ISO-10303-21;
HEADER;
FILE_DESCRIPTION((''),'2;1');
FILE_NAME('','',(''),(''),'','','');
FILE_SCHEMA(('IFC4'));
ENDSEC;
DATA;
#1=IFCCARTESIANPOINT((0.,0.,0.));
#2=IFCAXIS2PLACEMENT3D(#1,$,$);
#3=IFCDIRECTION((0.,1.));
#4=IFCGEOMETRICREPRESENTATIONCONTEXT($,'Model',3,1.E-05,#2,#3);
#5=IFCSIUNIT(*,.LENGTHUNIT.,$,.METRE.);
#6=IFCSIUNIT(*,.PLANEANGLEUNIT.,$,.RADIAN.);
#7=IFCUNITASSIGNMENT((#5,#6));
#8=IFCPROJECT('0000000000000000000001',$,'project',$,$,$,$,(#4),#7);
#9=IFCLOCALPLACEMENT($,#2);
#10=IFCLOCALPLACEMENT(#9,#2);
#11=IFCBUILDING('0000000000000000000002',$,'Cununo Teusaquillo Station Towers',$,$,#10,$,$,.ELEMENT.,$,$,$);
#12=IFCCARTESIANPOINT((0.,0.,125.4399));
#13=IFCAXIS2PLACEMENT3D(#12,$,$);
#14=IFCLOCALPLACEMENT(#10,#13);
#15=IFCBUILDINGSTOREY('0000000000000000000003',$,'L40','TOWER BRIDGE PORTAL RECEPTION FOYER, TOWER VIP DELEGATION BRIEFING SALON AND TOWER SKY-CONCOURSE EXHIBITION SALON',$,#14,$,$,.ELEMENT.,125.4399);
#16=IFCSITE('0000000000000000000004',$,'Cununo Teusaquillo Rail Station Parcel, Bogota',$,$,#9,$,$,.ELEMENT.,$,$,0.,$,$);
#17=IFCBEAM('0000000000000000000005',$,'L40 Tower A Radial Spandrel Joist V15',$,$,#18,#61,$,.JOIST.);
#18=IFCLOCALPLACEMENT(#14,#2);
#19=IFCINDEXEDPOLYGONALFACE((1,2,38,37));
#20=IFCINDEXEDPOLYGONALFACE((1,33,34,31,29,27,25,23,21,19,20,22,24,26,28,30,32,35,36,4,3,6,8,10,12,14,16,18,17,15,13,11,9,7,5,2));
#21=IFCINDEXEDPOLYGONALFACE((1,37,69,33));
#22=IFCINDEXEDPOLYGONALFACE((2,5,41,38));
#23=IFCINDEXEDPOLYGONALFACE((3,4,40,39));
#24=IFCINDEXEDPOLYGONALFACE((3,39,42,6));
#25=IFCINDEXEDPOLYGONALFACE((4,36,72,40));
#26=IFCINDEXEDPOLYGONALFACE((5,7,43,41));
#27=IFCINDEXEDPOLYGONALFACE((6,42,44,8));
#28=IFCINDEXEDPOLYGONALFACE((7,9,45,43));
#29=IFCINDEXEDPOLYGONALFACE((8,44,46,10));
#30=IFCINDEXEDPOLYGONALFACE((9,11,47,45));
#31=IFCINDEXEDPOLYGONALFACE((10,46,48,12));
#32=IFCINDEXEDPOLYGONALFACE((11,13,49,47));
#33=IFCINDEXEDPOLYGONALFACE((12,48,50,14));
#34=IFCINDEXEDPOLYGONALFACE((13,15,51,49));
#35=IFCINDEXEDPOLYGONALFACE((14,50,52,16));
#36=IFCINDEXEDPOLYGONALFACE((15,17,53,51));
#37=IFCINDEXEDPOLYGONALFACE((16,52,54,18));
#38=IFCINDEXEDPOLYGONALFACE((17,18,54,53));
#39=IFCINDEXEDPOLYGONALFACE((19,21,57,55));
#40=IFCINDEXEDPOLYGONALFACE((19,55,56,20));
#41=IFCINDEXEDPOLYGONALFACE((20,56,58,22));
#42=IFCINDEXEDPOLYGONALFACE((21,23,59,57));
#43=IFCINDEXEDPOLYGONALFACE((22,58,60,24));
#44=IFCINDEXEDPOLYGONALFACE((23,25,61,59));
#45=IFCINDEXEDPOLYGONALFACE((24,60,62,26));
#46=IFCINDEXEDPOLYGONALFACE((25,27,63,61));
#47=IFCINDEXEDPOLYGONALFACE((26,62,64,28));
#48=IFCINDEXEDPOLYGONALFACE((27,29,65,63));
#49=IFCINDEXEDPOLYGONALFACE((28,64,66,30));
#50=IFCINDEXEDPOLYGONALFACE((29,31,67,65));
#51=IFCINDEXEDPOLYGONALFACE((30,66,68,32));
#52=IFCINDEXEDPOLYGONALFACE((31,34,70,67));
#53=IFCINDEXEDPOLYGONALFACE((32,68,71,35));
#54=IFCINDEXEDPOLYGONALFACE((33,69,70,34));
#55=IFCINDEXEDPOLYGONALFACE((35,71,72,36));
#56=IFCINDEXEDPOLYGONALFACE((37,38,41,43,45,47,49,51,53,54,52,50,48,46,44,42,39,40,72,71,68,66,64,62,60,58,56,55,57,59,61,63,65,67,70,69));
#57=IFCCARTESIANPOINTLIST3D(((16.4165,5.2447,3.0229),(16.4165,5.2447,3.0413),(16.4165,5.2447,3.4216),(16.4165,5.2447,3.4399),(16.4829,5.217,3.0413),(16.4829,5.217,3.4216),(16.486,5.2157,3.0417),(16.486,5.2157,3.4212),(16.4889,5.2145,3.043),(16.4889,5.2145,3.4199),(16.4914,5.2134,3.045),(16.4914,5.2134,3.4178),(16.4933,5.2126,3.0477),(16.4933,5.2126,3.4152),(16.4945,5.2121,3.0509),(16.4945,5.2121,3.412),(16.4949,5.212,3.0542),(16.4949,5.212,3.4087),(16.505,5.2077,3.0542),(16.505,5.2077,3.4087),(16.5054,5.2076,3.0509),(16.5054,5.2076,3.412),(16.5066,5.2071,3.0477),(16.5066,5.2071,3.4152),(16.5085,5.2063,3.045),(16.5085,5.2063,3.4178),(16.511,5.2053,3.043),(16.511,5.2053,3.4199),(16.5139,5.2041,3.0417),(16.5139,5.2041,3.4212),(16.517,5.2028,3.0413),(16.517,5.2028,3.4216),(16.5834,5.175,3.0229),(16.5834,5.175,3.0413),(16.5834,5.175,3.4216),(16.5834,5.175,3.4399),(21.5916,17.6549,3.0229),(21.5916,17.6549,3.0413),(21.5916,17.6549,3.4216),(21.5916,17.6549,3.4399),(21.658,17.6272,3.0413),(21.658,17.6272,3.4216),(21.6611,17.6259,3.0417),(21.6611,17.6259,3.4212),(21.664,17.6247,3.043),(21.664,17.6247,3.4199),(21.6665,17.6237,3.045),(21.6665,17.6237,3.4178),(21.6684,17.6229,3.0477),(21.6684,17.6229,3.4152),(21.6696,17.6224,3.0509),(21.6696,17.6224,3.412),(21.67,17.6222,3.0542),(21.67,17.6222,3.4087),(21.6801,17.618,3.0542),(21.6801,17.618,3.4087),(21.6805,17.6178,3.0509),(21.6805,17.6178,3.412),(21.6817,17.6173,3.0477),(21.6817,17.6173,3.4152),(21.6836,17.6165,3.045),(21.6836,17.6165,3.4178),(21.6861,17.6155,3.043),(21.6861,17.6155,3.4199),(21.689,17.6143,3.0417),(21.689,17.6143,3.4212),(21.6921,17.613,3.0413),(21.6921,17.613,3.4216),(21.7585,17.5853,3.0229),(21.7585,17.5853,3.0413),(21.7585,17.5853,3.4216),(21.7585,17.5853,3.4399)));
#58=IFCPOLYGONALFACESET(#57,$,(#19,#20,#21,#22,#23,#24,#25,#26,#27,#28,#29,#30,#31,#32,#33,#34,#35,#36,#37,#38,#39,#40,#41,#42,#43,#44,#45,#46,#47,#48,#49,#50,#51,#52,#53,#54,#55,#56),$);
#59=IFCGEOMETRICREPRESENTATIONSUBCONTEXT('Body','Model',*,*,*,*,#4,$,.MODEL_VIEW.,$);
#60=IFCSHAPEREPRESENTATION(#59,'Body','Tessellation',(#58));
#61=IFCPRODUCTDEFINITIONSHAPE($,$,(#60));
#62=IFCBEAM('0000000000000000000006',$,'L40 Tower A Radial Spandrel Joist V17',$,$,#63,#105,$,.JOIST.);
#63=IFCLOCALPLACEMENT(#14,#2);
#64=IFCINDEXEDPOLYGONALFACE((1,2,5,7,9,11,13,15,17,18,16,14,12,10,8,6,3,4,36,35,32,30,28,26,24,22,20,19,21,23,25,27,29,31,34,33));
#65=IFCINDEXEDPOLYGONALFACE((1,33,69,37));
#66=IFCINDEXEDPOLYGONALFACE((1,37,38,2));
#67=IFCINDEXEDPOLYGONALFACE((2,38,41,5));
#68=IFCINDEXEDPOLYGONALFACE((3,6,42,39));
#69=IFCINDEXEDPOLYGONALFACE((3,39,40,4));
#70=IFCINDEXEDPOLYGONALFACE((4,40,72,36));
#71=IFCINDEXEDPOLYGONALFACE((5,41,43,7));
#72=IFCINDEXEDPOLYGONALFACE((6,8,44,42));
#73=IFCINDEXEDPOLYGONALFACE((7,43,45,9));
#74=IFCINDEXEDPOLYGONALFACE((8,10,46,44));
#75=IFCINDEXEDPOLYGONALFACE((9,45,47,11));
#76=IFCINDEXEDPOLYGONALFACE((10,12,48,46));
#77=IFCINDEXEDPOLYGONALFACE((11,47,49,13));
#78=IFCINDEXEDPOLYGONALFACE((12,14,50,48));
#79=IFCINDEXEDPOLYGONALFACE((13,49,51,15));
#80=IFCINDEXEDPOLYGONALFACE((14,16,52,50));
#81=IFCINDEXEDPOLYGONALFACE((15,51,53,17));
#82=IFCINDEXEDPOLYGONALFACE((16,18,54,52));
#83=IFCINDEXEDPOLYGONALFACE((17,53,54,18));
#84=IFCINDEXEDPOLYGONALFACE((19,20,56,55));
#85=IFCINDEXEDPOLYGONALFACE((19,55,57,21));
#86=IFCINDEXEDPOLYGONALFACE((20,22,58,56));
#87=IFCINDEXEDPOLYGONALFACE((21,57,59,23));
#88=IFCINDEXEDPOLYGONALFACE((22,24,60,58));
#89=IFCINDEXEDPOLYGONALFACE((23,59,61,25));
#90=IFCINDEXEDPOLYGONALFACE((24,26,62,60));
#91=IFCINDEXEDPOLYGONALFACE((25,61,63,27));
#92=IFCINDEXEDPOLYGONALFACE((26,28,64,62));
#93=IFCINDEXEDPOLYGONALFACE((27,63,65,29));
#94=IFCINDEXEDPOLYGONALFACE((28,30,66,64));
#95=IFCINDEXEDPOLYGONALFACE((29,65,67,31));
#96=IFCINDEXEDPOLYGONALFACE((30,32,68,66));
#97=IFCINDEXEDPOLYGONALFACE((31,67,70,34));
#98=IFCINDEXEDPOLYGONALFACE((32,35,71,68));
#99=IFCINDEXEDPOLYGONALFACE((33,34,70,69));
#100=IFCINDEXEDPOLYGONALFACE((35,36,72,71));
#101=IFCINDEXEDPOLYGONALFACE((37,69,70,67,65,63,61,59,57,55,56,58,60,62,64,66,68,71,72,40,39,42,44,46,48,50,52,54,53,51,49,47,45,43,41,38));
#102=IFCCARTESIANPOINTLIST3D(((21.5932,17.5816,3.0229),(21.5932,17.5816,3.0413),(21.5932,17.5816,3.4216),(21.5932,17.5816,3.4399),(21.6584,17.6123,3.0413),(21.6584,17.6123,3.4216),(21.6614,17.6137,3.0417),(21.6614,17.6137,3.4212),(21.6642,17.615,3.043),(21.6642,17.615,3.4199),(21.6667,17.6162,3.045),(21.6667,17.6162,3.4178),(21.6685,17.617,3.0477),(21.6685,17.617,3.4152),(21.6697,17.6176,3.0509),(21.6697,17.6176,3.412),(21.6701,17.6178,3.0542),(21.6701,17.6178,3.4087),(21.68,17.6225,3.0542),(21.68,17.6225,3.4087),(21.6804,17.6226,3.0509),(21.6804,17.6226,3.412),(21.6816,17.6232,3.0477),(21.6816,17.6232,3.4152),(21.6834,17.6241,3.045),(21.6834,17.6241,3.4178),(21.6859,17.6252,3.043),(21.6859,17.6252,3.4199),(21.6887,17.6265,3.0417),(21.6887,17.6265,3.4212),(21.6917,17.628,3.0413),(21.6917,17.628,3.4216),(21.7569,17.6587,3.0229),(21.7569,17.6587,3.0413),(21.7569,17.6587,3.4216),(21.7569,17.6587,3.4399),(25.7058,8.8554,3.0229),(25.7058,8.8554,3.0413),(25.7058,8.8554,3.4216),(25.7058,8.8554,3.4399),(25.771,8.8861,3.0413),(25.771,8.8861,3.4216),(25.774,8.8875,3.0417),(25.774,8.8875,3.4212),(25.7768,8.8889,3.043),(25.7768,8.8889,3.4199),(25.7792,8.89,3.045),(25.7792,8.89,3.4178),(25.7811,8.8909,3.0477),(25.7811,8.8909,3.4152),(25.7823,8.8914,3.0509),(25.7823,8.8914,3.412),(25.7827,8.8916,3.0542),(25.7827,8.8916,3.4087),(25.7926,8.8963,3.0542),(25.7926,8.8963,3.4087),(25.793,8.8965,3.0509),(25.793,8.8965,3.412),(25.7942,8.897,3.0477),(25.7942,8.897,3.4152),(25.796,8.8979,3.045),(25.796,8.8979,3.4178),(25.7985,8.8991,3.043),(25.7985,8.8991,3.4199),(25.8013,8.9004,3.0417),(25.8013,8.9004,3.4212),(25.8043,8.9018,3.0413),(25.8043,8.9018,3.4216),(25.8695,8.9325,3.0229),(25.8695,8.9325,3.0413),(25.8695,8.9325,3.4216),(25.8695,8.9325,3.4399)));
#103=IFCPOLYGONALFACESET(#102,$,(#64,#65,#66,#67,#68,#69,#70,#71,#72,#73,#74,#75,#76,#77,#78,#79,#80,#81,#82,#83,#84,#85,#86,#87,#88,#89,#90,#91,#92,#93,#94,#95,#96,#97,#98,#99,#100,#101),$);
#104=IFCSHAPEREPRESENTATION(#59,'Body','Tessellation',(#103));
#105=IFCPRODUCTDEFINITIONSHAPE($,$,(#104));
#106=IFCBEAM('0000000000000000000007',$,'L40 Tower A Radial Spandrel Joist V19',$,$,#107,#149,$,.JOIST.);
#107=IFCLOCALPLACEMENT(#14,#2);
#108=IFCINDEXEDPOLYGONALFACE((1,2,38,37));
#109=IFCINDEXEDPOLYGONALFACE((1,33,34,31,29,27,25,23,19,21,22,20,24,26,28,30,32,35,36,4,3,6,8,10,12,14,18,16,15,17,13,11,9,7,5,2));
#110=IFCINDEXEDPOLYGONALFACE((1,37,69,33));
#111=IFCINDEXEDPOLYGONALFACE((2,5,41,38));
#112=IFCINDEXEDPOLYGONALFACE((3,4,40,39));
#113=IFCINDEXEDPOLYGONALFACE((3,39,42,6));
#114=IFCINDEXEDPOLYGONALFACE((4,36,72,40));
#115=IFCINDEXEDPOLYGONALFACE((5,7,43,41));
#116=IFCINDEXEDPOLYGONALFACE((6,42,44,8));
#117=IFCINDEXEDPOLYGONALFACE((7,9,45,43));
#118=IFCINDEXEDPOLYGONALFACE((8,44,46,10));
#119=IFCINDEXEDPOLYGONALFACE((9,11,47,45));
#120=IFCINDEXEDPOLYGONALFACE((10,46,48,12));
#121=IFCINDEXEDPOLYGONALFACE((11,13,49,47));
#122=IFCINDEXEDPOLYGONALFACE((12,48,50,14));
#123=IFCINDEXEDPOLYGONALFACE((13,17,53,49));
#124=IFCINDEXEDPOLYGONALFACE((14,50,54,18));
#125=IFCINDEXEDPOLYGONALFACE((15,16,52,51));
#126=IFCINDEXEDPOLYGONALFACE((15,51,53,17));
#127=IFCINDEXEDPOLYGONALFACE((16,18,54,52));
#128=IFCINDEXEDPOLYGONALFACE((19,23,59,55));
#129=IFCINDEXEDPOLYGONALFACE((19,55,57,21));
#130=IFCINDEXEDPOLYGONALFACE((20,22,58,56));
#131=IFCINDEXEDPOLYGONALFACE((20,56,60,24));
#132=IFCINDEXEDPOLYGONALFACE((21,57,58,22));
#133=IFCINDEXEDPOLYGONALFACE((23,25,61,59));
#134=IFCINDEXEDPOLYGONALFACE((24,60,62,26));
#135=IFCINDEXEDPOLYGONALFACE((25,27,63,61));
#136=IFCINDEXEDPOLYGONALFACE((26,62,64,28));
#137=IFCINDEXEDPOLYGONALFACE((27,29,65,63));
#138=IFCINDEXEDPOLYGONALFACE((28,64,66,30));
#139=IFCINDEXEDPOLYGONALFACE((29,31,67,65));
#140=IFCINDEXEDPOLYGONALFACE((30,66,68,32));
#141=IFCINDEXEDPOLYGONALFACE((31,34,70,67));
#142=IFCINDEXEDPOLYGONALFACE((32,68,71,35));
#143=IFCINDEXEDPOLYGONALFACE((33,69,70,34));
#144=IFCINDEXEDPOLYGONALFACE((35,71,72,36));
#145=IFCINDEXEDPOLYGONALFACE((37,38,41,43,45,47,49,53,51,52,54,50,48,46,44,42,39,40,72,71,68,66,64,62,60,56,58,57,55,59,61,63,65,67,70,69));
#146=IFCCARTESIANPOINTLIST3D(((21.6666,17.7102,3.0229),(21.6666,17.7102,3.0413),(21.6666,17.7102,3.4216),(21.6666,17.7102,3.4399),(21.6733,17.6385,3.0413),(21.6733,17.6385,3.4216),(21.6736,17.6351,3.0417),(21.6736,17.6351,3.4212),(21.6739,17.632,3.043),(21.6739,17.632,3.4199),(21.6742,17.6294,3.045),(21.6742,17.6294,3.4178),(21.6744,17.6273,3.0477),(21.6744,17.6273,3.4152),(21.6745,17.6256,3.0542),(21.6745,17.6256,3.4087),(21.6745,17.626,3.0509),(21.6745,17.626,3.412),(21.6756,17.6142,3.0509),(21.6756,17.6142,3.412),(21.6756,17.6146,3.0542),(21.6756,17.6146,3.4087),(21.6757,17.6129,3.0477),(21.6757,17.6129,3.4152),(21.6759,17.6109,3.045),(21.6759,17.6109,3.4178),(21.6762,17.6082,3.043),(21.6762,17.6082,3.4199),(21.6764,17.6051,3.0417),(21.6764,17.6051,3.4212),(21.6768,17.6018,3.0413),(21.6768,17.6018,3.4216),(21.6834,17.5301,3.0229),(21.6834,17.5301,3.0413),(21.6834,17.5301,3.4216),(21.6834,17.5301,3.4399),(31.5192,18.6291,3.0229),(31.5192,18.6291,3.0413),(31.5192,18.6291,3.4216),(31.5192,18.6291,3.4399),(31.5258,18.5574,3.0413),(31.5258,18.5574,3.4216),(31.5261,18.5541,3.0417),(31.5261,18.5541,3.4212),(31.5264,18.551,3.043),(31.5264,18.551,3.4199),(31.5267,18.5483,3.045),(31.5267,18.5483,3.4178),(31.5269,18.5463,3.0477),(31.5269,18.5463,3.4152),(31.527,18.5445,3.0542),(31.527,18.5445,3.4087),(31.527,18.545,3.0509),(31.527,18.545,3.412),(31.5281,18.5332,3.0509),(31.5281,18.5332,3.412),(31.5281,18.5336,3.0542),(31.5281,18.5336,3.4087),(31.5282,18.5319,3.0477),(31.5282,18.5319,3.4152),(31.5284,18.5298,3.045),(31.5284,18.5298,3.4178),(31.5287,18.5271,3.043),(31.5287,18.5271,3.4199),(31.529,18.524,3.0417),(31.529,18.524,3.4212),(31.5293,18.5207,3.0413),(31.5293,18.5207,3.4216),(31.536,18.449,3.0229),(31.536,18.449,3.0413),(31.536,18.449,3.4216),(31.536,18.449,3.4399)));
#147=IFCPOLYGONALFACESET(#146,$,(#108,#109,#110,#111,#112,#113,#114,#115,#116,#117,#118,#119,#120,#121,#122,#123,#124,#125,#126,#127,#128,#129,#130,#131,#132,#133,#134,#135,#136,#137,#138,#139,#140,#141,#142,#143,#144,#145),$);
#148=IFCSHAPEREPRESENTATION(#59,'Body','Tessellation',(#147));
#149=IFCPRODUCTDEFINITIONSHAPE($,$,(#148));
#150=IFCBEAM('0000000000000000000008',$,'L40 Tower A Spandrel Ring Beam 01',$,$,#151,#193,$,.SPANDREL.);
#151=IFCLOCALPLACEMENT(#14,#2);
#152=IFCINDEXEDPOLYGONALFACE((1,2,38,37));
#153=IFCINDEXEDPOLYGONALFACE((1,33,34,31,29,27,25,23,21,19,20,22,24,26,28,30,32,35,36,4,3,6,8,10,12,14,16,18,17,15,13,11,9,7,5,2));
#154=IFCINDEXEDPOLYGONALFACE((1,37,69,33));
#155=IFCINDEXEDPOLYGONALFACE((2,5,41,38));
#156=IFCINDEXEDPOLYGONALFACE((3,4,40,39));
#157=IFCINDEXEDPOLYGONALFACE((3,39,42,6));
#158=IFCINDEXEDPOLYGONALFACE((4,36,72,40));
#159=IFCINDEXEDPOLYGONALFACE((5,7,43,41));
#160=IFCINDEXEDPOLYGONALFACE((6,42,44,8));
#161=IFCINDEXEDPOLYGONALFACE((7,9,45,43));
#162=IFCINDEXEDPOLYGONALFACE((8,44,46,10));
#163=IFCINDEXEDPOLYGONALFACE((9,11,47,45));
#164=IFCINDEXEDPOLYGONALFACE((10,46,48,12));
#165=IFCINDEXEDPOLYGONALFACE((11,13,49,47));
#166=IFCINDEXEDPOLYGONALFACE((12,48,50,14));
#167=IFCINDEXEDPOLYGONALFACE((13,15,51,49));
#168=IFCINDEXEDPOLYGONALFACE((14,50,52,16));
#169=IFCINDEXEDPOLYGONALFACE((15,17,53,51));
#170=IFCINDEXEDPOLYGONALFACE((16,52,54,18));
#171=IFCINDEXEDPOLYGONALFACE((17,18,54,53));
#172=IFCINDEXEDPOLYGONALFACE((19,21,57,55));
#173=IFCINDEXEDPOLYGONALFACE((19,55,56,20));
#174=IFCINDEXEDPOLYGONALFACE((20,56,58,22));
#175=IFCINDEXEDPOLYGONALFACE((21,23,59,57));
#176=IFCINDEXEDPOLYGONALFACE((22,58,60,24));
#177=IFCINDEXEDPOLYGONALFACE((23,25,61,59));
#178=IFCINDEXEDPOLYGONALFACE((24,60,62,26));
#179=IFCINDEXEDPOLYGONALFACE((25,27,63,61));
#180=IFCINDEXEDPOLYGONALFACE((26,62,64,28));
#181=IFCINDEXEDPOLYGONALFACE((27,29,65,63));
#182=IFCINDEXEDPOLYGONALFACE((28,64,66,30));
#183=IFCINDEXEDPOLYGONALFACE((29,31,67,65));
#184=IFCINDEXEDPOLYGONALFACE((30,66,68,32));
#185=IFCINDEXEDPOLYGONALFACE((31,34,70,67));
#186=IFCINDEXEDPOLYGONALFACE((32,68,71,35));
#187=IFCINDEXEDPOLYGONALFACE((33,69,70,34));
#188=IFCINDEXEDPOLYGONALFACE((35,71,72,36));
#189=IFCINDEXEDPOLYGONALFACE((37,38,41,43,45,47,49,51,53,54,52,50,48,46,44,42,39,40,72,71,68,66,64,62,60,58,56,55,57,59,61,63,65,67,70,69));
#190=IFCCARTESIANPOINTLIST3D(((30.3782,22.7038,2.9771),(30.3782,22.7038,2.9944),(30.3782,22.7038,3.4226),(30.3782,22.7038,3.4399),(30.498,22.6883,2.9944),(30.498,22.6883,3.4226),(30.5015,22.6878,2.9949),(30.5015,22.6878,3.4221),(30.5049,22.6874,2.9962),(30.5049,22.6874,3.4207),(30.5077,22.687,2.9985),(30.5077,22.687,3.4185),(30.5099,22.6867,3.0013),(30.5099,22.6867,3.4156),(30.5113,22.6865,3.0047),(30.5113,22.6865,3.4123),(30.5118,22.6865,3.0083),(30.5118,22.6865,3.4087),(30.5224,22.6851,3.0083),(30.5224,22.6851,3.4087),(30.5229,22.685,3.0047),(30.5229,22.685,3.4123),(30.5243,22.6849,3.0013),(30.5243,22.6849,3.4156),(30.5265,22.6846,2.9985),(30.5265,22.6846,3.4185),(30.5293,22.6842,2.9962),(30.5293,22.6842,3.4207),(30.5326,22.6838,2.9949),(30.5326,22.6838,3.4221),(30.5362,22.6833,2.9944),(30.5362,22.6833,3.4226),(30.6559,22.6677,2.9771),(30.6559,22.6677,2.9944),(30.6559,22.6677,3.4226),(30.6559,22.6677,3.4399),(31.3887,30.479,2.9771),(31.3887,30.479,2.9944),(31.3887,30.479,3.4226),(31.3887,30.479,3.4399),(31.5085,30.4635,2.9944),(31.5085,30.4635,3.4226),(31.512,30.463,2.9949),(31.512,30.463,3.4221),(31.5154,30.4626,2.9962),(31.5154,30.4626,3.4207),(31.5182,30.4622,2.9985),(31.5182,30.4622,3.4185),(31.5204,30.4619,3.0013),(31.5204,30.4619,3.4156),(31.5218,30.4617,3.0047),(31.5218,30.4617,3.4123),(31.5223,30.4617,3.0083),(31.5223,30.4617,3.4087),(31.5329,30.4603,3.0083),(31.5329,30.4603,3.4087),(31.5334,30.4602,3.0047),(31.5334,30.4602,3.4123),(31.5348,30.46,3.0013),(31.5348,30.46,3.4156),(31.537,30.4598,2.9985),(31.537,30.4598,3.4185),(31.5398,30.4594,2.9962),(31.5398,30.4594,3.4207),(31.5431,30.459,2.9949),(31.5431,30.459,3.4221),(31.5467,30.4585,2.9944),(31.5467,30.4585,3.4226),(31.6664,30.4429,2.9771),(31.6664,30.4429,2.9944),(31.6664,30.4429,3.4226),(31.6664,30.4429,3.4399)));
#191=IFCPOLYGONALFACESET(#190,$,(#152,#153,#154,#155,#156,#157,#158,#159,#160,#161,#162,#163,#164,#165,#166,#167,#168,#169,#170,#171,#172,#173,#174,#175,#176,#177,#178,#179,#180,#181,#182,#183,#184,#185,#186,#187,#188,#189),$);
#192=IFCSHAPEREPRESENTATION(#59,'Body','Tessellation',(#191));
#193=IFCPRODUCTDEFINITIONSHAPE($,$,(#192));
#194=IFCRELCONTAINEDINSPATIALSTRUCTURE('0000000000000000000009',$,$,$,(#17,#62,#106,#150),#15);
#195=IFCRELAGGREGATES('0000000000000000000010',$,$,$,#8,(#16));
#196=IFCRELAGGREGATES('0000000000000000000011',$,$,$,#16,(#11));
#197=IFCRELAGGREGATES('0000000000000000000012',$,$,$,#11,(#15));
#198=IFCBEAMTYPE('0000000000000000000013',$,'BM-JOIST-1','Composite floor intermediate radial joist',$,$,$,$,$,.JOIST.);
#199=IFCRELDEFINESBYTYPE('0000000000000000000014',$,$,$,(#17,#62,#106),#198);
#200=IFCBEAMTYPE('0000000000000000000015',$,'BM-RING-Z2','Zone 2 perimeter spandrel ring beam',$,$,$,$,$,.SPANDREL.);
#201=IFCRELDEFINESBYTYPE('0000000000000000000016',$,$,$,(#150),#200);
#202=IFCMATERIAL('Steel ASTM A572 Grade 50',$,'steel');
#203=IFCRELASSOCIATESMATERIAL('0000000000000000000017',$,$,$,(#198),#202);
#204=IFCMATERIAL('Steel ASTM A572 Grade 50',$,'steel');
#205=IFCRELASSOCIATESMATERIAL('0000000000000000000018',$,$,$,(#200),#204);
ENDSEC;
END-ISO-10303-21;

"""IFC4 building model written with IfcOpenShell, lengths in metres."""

from ifc_helpers import new_model, si_unit, direction, frame, origin, origin_2d, place, context, subcontext, project, spatial, i_section, extrude, material, material_profile, profile_set, type_object, element, save


model = new_model("IFC4")

# Units and contexts
model_context = context("Model", 3, precision=1e-05, world=origin(), true_north=direction((0.0, 1.0)))
body_context = subcontext(model_context, "Body", "Model", "MODEL_VIEW")
ifc_project = project(units=[si_unit("LENGTHUNIT", "METRE"), si_unit("PLANEANGLEUNIT", "RADIAN")], contexts=[model_context])

# Site, building, storey
site_placement = place(None, origin())
site = spatial("IfcSite", under=ifc_project, at=site_placement, Name="Cununo Teusaquillo Rail Station Parcel, Bogota", CompositionType="ELEMENT", RefElevation=0.0)
building_placement = place(site_placement, origin())
building = spatial("IfcBuilding", under=site, at=building_placement, Name="Cununo Teusaquillo Station Towers", CompositionType="ELEMENT")
storey_placement = place(building_placement, frame((0.0, 0.0, 125.4399)))
storey = spatial("IfcBuildingStorey", under=building, at=storey_placement, Name="L40", Description="TOWER BRIDGE PORTAL RECEPTION FOYER, TOWER VIP DELEGATION BRIEFING SALON AND TOWER SKY-CONCOURSE EXHIBITION SALON", CompositionType="ELEMENT", Elevation=125.4399)

# Beams
ifc_material_1 = material(Name="Steel ASTM A572 Grade 50", Category="steel")
ifc_material_profile_1 = material_profile(ifc_material_1, i_section(OverallWidth=0.1809, OverallDepth=0.417, WebThickness=0.011, FlangeThickness=0.0183, FilletRadius=0.0129, at=origin_2d()), Name="W16X57")
ifc_profile_set_1 = profile_set([ifc_material_profile_1], Name="Steel ASTM A572 Grade 50")
beam_type_1 = type_object("IfcBeamType", Name="BM-JOIST-1", Description="Composite floor intermediate radial joist", PredefinedType="JOIST", material=ifc_profile_set_1)
beam_1_placement = place(storey_placement, frame((21.675, 17.6201, 3.2314), z_axis=(-0.384878, -0.922967, 0.0), x_axis=(0.922967, -0.384878, 0.0)))
element("IfcBeam", 1, at=beam_1_placement, inside=storey, type_object=beam_type_1, Name="L40 Tower A Radial Spandrel Joist V15", PredefinedType="JOIST", context=body_context, shape_type="SweptSolid", body=[
    extrude(i_section(OverallWidth=0.1809, OverallDepth=0.417, WebThickness=0.011, FlangeThickness=0.0183, FilletRadius=0.0129, at=origin_2d()), origin(), (0.0, 0.0, 1.0), 13.446),
])
beam_2_placement = place(storey_placement, frame((21.675, 17.6201, 3.2314), z_axis=(0.42632, -0.904572, 0.0), x_axis=(0.904572, 0.42632, 0.0)))
element("IfcBeam", 2, at=beam_2_placement, inside=storey, type_object=beam_type_1, Name="L40 Tower A Radial Spandrel Joist V17", PredefinedType="JOIST", context=body_context, shape_type="SweptSolid", body=[
    extrude(i_section(OverallWidth=0.1809, OverallDepth=0.417, WebThickness=0.011, FlangeThickness=0.0183, FilletRadius=0.0129, at=origin_2d()), origin(), (0.0, 0.0, 1.0), 9.6467),
])
beam_3_placement = place(storey_placement, frame((21.675, 17.6201, 3.2314), z_axis=(0.995679, 0.092867, 0.0), x_axis=(-0.092867, 0.995679, 0.0)))
element("IfcBeam", 3, at=beam_3_placement, inside=storey, type_object=beam_type_1, Name="L40 Tower A Radial Spandrel Joist V19", PredefinedType="JOIST", context=body_context, shape_type="SweptSolid", body=[
    extrude(i_section(OverallWidth=0.1809, OverallDepth=0.417, WebThickness=0.011, FlangeThickness=0.0183, FilletRadius=0.0129, at=origin_2d()), origin(), (0.0, 0.0, 1.0), 9.8953),
])
ifc_material_2 = material(Name="Steel ASTM A572 Grade 50", Category="steel")
ifc_material_profile_2 = material_profile(ifc_material_2, i_section(OverallWidth=0.28, OverallDepth=0.4629, WebThickness=0.0107, FlangeThickness=0.0173, FilletRadius=0.0139, at=origin_2d()), Name="W18X76")
ifc_profile_set_2 = profile_set([ifc_material_profile_2], Name="Steel ASTM A572 Grade 50")
beam_type_2 = type_object("IfcBeamType", Name="BM-RING-Z2", Description="Zone 2 perimeter spandrel ring beam", PredefinedType="SPANDREL", material=ifc_profile_set_2)
beam_4_placement = place(storey_placement, frame((30.5171, 22.6858, 3.2085), z_axis=(0.128881, 0.99166, 0.0), x_axis=(-0.99166, 0.128881, 0.0)))
element("IfcBeam", 4, at=beam_4_placement, inside=storey, type_object=beam_type_2, Name="L40 Tower A Spandrel Ring Beam 01", PredefinedType="SPANDREL", context=body_context, shape_type="SweptSolid", body=[
    extrude(i_section(OverallWidth=0.28, OverallDepth=0.4629, WebThickness=0.0107, FlangeThickness=0.0173, FilletRadius=0.0139, at=origin_2d()), origin(), (0.0, 0.0, 1.0), 7.8406),
])

save(model, "model.ifc")
